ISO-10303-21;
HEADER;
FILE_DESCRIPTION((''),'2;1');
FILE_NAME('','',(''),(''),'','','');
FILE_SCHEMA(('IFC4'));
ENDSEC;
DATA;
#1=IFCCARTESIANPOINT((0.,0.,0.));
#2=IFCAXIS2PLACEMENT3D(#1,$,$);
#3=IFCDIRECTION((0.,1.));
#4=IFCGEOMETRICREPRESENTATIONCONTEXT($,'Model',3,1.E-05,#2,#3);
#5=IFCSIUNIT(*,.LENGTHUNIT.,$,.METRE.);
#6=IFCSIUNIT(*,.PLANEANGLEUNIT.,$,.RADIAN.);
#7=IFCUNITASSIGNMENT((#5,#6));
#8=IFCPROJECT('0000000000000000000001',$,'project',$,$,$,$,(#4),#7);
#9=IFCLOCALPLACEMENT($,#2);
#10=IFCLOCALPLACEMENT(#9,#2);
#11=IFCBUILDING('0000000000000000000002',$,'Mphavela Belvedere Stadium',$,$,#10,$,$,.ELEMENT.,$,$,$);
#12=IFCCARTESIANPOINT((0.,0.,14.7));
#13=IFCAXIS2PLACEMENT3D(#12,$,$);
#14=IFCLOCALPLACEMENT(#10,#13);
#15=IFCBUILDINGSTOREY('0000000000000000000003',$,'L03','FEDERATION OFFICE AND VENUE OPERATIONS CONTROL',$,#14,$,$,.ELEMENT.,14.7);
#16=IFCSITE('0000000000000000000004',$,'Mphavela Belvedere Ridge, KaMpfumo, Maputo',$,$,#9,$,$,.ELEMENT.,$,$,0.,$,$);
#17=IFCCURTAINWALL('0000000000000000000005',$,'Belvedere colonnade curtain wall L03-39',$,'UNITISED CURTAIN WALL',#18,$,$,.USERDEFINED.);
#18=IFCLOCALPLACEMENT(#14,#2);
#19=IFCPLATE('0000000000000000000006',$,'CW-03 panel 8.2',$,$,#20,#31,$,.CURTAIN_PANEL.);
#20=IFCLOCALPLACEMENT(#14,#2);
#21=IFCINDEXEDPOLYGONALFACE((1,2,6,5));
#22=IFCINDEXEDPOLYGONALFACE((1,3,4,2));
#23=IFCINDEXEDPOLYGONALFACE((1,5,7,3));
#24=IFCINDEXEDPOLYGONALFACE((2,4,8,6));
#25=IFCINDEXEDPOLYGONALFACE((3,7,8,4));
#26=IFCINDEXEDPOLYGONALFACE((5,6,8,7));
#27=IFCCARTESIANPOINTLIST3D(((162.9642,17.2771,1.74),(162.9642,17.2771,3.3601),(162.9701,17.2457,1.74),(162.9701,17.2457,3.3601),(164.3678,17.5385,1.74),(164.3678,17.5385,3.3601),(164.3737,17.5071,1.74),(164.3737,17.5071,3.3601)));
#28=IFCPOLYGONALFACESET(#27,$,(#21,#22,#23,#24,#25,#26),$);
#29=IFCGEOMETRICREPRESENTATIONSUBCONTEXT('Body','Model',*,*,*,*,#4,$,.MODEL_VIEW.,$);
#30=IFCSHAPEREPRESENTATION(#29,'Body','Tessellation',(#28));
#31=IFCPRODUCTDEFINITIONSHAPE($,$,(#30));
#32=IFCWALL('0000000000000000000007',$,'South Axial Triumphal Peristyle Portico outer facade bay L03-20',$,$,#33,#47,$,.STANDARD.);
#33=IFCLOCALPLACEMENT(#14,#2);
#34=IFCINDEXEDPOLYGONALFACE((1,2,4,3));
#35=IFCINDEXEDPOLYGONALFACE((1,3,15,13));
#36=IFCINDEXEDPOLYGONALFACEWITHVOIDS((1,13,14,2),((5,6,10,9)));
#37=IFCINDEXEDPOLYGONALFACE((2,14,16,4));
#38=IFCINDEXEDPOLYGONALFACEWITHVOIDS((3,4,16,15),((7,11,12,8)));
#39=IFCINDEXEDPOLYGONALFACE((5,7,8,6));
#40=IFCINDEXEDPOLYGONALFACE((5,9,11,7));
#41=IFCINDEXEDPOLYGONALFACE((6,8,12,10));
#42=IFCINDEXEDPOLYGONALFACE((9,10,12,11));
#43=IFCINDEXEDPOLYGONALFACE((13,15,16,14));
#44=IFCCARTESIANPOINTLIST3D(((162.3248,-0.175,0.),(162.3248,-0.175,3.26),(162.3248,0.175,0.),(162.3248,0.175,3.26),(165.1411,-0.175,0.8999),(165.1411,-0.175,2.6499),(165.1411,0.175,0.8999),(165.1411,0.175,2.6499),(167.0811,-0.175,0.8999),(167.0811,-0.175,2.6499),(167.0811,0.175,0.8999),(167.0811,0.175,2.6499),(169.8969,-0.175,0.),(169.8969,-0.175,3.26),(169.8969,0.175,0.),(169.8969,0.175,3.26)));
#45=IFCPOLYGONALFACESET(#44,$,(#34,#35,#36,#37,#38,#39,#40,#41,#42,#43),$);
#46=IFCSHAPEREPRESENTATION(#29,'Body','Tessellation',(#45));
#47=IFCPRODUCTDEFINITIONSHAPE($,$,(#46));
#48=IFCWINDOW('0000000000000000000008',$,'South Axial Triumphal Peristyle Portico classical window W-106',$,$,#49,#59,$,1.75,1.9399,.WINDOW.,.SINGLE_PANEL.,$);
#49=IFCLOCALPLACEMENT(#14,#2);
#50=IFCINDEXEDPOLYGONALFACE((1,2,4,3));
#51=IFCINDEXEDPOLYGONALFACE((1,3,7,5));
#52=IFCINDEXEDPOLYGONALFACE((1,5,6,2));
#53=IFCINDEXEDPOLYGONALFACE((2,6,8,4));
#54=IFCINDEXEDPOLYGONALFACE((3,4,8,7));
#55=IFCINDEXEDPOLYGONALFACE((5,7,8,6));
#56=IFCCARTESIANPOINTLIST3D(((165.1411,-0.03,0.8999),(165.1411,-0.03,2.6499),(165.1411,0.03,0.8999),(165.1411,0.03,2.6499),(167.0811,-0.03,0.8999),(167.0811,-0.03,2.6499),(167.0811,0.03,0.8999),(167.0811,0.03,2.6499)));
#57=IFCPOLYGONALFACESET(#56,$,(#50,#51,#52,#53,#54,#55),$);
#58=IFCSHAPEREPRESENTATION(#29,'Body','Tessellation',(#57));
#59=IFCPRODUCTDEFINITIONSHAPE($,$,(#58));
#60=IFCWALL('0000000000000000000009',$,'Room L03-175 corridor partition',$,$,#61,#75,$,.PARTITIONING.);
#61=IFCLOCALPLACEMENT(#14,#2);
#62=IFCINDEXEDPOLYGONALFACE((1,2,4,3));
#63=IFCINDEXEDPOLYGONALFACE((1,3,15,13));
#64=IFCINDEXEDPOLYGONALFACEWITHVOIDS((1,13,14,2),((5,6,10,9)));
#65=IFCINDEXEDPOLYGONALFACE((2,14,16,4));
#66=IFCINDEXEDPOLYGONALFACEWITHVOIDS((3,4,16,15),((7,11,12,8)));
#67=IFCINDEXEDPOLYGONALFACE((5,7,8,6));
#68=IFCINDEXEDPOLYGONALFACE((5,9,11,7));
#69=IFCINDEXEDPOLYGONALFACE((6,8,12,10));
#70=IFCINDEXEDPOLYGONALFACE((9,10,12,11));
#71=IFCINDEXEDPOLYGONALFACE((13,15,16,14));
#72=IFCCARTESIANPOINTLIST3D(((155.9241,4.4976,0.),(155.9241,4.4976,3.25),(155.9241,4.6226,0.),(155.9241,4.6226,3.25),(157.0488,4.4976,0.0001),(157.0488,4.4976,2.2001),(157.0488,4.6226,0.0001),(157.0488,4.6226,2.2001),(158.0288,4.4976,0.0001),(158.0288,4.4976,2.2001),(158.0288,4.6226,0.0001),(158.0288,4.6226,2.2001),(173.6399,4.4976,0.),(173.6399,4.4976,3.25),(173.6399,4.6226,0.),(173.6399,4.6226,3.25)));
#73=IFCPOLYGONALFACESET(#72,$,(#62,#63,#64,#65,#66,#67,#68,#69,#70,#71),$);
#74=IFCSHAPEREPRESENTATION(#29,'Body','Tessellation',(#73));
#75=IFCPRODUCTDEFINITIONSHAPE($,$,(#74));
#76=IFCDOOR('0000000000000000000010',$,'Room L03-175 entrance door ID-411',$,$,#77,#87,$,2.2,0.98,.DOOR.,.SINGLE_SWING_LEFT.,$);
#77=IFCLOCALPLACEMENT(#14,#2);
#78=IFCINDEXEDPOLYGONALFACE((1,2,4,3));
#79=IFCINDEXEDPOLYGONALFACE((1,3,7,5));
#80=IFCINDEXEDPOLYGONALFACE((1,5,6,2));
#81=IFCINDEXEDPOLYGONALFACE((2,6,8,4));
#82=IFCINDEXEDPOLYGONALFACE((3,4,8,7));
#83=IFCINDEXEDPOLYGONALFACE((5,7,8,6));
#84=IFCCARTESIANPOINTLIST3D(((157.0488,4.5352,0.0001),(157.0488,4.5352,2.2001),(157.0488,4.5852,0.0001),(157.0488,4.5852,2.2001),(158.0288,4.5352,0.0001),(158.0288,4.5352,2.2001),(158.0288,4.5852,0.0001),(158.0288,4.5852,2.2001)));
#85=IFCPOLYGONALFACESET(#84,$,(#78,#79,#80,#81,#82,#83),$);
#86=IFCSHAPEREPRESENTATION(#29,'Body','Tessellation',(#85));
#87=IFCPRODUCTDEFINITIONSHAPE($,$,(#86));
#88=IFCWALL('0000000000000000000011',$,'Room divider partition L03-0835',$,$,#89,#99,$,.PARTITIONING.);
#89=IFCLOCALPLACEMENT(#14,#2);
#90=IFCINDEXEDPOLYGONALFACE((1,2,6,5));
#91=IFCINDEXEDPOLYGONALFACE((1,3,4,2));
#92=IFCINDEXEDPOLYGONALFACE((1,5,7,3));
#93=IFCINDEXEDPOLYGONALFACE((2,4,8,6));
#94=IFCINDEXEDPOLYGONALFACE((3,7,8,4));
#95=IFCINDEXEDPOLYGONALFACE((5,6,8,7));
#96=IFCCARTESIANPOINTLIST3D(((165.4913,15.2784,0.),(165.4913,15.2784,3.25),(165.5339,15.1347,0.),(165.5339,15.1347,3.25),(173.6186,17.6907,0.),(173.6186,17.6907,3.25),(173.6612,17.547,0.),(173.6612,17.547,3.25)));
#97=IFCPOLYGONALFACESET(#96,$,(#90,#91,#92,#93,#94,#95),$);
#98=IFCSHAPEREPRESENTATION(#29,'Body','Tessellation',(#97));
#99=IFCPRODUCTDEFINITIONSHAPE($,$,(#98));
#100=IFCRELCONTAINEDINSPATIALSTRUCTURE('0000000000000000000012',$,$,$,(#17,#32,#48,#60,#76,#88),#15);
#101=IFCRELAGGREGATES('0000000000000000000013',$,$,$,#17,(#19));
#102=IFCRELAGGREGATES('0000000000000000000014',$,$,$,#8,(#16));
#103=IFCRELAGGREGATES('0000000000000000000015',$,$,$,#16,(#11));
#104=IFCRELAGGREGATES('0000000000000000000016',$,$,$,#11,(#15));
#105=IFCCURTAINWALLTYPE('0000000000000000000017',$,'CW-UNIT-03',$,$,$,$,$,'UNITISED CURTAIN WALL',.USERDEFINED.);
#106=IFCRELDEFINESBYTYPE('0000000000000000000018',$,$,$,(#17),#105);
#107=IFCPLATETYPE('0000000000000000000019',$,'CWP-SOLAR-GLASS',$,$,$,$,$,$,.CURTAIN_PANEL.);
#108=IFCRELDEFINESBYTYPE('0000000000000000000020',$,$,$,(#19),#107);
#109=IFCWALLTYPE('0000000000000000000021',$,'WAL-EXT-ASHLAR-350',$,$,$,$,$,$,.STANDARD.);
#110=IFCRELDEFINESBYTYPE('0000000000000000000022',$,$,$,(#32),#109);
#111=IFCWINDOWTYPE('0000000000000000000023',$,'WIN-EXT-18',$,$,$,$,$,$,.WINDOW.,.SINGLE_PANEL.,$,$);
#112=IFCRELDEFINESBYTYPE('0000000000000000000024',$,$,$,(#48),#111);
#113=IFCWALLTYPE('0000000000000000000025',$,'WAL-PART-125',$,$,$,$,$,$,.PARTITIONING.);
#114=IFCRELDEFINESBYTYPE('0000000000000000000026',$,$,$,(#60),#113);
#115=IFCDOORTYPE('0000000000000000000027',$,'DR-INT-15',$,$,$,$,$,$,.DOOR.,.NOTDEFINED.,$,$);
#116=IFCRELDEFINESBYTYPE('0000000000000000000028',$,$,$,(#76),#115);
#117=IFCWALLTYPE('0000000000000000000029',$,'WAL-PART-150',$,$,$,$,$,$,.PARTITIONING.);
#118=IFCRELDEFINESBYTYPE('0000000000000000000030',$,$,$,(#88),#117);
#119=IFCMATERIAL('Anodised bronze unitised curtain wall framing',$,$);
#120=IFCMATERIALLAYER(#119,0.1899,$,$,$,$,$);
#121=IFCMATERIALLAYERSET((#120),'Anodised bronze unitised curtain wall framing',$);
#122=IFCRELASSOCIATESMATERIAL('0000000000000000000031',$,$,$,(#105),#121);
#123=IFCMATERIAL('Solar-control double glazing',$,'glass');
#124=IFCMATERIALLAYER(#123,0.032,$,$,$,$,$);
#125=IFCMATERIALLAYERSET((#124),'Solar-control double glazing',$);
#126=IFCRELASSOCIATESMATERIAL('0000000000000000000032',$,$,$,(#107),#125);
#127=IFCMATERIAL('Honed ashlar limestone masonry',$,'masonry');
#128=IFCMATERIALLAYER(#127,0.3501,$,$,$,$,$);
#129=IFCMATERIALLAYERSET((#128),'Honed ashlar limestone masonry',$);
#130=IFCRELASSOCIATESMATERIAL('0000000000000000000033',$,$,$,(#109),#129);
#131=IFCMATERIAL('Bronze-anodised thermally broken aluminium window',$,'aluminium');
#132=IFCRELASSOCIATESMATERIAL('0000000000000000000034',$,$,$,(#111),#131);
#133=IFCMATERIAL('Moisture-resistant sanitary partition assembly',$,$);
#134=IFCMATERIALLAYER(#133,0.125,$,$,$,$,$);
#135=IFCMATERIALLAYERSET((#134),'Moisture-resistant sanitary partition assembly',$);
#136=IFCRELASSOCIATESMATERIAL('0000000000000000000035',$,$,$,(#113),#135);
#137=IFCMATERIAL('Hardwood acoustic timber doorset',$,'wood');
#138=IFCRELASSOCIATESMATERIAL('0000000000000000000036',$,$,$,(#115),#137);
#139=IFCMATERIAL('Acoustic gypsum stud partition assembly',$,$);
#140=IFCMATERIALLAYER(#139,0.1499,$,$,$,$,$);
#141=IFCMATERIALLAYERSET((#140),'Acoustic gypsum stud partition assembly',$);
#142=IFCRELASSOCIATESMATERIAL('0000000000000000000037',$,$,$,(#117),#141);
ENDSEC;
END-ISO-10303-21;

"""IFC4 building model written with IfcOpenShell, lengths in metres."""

from ifc_helpers import new_model, si_unit, direction, frame, frame_2d, origin, origin_2d, place, context, subcontext, project, spatial, rectangle, extrude, material, layer, layer_set, type_object, element, fill, aggregate, save


model = new_model("IFC4")

# Units and contexts
model_context = context("Model", 3, precision=1e-05, world=origin(), true_north=direction((0.0, 1.0)))
body_context = subcontext(model_context, "Body", "Model", "MODEL_VIEW")
ifc_project = project(units=[si_unit("LENGTHUNIT", "METRE"), si_unit("PLANEANGLEUNIT", "RADIAN")], contexts=[model_context])

# Site, building, storey
site_placement = place(None, origin())
site = spatial("IfcSite", under=ifc_project, at=site_placement, Name="Mphavela Belvedere Ridge, KaMpfumo, Maputo", CompositionType="ELEMENT", RefElevation=0.0)
building_placement = place(site_placement, origin())
building = spatial("IfcBuilding", under=site, at=building_placement, Name="Mphavela Belvedere Stadium", CompositionType="ELEMENT")
storey_placement = place(building_placement, frame((0.0, 0.0, 14.7)))
storey = spatial("IfcBuildingStorey", under=building, at=storey_placement, Name="L03", Description="FEDERATION OFFICE AND VENUE OPERATIONS CONTROL", CompositionType="ELEMENT", Elevation=14.7)

# Curtain wall
ifc_material_1 = material(Name="Anodised bronze unitised curtain wall framing")
ifc_layer_1 = layer(ifc_material_1, 0.1899)
ifc_layer_set_1 = layer_set([ifc_layer_1], Name="Anodised bronze unitised curtain wall framing")
curtain_wall_type_1 = type_object("IfcCurtainWallType", Name="CW-UNIT-03", ElementType="UNITISED CURTAIN WALL", PredefinedType="USERDEFINED", material=ifc_layer_set_1)
curtain_wall_1_placement = place(storey_placement, origin())
curtain_wall_1 = element("IfcCurtainWall", 1, at=curtain_wall_1_placement, inside=storey, type_object=curtain_wall_type_1, Name="Belvedere colonnade curtain wall L03-39", ObjectType="UNITISED CURTAIN WALL", PredefinedType="USERDEFINED")

# Plate
ifc_material_2 = material(Name="Solar-control double glazing", Category="glass")
ifc_layer_2 = layer(ifc_material_2, 0.032)
ifc_layer_set_2 = layer_set([ifc_layer_2], Name="Solar-control double glazing")
plate_type = type_object("IfcPlateType", Name="CWP-SOLAR-GLASS", PredefinedType="CURTAIN_PANEL", material=ifc_layer_set_2)
plate_1_placement = place(storey_placement, frame((163.6689, 17.3921, 1.74), z_axis=(0.0, 0.0, 1.0), x_axis=(0.983097, 0.183088, 0.0)))
plate_1 = element("IfcPlate", 2, at=plate_1_placement, type_object=plate_type, Name="CW-03 panel 8.2", PredefinedType="CURTAIN_PANEL", context=body_context, shape_type="SweptSolid", body=[
    extrude(rectangle(XDim=1.4277, YDim=0.032, at=origin_2d()), origin(), (0.0, 0.0, 1.0), 1.6201),
])
aggregate(curtain_wall_1, [plate_1])

# Wall, opening, window
ifc_material_3 = material(Name="Honed ashlar limestone masonry", Category="masonry")
ifc_layer_3 = layer(ifc_material_3, 0.3501)
ifc_layer_set_3 = layer_set([ifc_layer_3], Name="Honed ashlar limestone masonry")
wall_type_1 = type_object("IfcWallType", Name="WAL-EXT-ASHLAR-350", PredefinedType="STANDARD", material=ifc_layer_set_3)
wall_1_placement = place(storey_placement, frame((169.897, 0.0, 0.0), z_axis=(0.0, 0.0, 1.0), x_axis=(-1.0, 0.0, 0.0)))
wall_1 = element("IfcWall", 3, at=wall_1_placement, inside=storey, type_object=wall_type_1, Name="South Axial Triumphal Peristyle Portico outer facade bay L03-20", PredefinedType="STANDARD", context=body_context, shape_type="SweptSolid", body=[
    extrude(rectangle(XDim=7.572, YDim=0.3501, at=frame_2d((3.7861, 0.0))), origin(), (0.0, 0.0, 1.0), 3.26),
])
opening_1_placement = place(wall_1_placement, frame((2.8159, 0.0, 0.8999)))
opening_1 = element("IfcOpeningElement", 4, at=opening_1_placement, cuts=wall_1, PredefinedType="OPENING", context=body_context, shape_type="SweptSolid", body=[
    extrude(rectangle(XDim=1.9399, YDim=1.75, at=frame_2d((0.97, 0.875))), frame((0.0, 0.1851, 0.0), z_axis=(0.0, -1.0, 0.0), x_axis=(1.0, 0.0, 0.0)), (0.0, 0.0, 1.0), 0.3701),
])
ifc_material_4 = material(Name="Bronze-anodised thermally broken aluminium window", Category="aluminium")
window_type = type_object("IfcWindowType", Name="WIN-EXT-18", PartitioningType="SINGLE_PANEL", PredefinedType="WINDOW", material=ifc_material_4)
window_placement = place(opening_1_placement, origin())
window = element("IfcWindow", 5, at=window_placement, inside=storey, type_object=window_type, Name="South Axial Triumphal Peristyle Portico classical window W-106", OverallHeight=1.75, OverallWidth=1.9399, PartitioningType="SINGLE_PANEL", PredefinedType="WINDOW", context=body_context, shape_type="SweptSolid", body=[
    extrude(rectangle(XDim=1.9399, YDim=1.75, at=frame_2d((0.97, 0.875))), frame((0.0, 0.03, 0.0), z_axis=(0.0, -1.0, 0.0), x_axis=(1.0, 0.0, 0.0)), (0.0, 0.0, 1.0), 0.0601),
])
fill(opening_1, window)

# Wall, opening, door
ifc_material_5 = material(Name="Moisture-resistant sanitary partition assembly")
ifc_layer_4 = layer(ifc_material_5, 0.125)
ifc_layer_set_4 = layer_set([ifc_layer_4], Name="Moisture-resistant sanitary partition assembly")
wall_type_2 = type_object("IfcWallType", Name="WAL-PART-125", PredefinedType="PARTITIONING", material=ifc_layer_set_4)
wall_2_placement = place(storey_placement, frame((173.6399, 4.5601, 0.0), z_axis=(0.0, 0.0, 1.0), x_axis=(-1.0, 0.0, 0.0)))
wall_2 = element("IfcWall", 6, at=wall_2_placement, inside=storey, type_object=wall_type_2, Name="Room L03-175 corridor partition", PredefinedType="PARTITIONING", context=body_context, shape_type="SweptSolid", body=[
    extrude(rectangle(XDim=17.7158, YDim=0.125, at=frame_2d((8.8579, 0.0))), origin(), (0.0, 0.0, 1.0), 3.25),
])
opening_2_placement = place(wall_2_placement, frame((15.6111, 0.0, 0.0)))
opening_2 = element("IfcOpeningElement", 7, at=opening_2_placement, cuts=wall_2, PredefinedType="OPENING", context=body_context, shape_type="SweptSolid", body=[
    extrude(rectangle(XDim=0.98, YDim=2.2, at=frame_2d((0.49, 1.1001))), frame((0.0, 0.0725, 0.0), z_axis=(0.0, -1.0, 0.0), x_axis=(1.0, 0.0, 0.0)), (0.0, 0.0, 1.0), 0.145),
])
ifc_material_6 = material(Name="Hardwood acoustic timber doorset", Category="wood")
door_type = type_object("IfcDoorType", Name="DR-INT-15", OperationType="NOTDEFINED", PredefinedType="DOOR", material=ifc_material_6)
door_placement = place(opening_2_placement, origin())
door = element("IfcDoor", 8, at=door_placement, inside=storey, type_object=door_type, Name="Room L03-175 entrance door ID-411", OperationType="SINGLE_SWING_LEFT", OverallHeight=2.2, OverallWidth=0.98, PredefinedType="DOOR", context=body_context, shape_type="SweptSolid", body=[
    extrude(rectangle(XDim=0.98, YDim=2.2, at=frame_2d((0.49, 1.1001))), frame((0.0, 0.0249, 0.0), z_axis=(0.0, -1.0, 0.0), x_axis=(1.0, 0.0, 0.0)), (0.0, 0.0, 1.0), 0.05),
])
fill(opening_2, door)

# Wall
ifc_material_7 = material(Name="Acoustic gypsum stud partition assembly")
ifc_layer_5 = layer(ifc_material_7, 0.1499)
ifc_layer_set_5 = layer_set([ifc_layer_5], Name="Acoustic gypsum stud partition assembly")
wall_type_3 = type_object("IfcWallType", Name="WAL-PART-150", PredefinedType="PARTITIONING", material=ifc_layer_set_5)
wall_3_placement = place(storey_placement, frame((165.5127, 15.2065, 0.0), z_axis=(0.0, 0.0, 1.0), x_axis=(0.95866, 0.284554, 0.0)))
element("IfcWall", 9, at=wall_3_placement, inside=storey, type_object=wall_type_3, Name="Room divider partition L03-0835", PredefinedType="PARTITIONING", context=body_context, shape_type="SweptSolid", body=[
    extrude(rectangle(XDim=8.4778, YDim=0.1499, at=frame_2d((4.2388, 0.0))), origin(), (0.0, 0.0, 1.0), 3.25),
])

save(model, "model.ifc")
